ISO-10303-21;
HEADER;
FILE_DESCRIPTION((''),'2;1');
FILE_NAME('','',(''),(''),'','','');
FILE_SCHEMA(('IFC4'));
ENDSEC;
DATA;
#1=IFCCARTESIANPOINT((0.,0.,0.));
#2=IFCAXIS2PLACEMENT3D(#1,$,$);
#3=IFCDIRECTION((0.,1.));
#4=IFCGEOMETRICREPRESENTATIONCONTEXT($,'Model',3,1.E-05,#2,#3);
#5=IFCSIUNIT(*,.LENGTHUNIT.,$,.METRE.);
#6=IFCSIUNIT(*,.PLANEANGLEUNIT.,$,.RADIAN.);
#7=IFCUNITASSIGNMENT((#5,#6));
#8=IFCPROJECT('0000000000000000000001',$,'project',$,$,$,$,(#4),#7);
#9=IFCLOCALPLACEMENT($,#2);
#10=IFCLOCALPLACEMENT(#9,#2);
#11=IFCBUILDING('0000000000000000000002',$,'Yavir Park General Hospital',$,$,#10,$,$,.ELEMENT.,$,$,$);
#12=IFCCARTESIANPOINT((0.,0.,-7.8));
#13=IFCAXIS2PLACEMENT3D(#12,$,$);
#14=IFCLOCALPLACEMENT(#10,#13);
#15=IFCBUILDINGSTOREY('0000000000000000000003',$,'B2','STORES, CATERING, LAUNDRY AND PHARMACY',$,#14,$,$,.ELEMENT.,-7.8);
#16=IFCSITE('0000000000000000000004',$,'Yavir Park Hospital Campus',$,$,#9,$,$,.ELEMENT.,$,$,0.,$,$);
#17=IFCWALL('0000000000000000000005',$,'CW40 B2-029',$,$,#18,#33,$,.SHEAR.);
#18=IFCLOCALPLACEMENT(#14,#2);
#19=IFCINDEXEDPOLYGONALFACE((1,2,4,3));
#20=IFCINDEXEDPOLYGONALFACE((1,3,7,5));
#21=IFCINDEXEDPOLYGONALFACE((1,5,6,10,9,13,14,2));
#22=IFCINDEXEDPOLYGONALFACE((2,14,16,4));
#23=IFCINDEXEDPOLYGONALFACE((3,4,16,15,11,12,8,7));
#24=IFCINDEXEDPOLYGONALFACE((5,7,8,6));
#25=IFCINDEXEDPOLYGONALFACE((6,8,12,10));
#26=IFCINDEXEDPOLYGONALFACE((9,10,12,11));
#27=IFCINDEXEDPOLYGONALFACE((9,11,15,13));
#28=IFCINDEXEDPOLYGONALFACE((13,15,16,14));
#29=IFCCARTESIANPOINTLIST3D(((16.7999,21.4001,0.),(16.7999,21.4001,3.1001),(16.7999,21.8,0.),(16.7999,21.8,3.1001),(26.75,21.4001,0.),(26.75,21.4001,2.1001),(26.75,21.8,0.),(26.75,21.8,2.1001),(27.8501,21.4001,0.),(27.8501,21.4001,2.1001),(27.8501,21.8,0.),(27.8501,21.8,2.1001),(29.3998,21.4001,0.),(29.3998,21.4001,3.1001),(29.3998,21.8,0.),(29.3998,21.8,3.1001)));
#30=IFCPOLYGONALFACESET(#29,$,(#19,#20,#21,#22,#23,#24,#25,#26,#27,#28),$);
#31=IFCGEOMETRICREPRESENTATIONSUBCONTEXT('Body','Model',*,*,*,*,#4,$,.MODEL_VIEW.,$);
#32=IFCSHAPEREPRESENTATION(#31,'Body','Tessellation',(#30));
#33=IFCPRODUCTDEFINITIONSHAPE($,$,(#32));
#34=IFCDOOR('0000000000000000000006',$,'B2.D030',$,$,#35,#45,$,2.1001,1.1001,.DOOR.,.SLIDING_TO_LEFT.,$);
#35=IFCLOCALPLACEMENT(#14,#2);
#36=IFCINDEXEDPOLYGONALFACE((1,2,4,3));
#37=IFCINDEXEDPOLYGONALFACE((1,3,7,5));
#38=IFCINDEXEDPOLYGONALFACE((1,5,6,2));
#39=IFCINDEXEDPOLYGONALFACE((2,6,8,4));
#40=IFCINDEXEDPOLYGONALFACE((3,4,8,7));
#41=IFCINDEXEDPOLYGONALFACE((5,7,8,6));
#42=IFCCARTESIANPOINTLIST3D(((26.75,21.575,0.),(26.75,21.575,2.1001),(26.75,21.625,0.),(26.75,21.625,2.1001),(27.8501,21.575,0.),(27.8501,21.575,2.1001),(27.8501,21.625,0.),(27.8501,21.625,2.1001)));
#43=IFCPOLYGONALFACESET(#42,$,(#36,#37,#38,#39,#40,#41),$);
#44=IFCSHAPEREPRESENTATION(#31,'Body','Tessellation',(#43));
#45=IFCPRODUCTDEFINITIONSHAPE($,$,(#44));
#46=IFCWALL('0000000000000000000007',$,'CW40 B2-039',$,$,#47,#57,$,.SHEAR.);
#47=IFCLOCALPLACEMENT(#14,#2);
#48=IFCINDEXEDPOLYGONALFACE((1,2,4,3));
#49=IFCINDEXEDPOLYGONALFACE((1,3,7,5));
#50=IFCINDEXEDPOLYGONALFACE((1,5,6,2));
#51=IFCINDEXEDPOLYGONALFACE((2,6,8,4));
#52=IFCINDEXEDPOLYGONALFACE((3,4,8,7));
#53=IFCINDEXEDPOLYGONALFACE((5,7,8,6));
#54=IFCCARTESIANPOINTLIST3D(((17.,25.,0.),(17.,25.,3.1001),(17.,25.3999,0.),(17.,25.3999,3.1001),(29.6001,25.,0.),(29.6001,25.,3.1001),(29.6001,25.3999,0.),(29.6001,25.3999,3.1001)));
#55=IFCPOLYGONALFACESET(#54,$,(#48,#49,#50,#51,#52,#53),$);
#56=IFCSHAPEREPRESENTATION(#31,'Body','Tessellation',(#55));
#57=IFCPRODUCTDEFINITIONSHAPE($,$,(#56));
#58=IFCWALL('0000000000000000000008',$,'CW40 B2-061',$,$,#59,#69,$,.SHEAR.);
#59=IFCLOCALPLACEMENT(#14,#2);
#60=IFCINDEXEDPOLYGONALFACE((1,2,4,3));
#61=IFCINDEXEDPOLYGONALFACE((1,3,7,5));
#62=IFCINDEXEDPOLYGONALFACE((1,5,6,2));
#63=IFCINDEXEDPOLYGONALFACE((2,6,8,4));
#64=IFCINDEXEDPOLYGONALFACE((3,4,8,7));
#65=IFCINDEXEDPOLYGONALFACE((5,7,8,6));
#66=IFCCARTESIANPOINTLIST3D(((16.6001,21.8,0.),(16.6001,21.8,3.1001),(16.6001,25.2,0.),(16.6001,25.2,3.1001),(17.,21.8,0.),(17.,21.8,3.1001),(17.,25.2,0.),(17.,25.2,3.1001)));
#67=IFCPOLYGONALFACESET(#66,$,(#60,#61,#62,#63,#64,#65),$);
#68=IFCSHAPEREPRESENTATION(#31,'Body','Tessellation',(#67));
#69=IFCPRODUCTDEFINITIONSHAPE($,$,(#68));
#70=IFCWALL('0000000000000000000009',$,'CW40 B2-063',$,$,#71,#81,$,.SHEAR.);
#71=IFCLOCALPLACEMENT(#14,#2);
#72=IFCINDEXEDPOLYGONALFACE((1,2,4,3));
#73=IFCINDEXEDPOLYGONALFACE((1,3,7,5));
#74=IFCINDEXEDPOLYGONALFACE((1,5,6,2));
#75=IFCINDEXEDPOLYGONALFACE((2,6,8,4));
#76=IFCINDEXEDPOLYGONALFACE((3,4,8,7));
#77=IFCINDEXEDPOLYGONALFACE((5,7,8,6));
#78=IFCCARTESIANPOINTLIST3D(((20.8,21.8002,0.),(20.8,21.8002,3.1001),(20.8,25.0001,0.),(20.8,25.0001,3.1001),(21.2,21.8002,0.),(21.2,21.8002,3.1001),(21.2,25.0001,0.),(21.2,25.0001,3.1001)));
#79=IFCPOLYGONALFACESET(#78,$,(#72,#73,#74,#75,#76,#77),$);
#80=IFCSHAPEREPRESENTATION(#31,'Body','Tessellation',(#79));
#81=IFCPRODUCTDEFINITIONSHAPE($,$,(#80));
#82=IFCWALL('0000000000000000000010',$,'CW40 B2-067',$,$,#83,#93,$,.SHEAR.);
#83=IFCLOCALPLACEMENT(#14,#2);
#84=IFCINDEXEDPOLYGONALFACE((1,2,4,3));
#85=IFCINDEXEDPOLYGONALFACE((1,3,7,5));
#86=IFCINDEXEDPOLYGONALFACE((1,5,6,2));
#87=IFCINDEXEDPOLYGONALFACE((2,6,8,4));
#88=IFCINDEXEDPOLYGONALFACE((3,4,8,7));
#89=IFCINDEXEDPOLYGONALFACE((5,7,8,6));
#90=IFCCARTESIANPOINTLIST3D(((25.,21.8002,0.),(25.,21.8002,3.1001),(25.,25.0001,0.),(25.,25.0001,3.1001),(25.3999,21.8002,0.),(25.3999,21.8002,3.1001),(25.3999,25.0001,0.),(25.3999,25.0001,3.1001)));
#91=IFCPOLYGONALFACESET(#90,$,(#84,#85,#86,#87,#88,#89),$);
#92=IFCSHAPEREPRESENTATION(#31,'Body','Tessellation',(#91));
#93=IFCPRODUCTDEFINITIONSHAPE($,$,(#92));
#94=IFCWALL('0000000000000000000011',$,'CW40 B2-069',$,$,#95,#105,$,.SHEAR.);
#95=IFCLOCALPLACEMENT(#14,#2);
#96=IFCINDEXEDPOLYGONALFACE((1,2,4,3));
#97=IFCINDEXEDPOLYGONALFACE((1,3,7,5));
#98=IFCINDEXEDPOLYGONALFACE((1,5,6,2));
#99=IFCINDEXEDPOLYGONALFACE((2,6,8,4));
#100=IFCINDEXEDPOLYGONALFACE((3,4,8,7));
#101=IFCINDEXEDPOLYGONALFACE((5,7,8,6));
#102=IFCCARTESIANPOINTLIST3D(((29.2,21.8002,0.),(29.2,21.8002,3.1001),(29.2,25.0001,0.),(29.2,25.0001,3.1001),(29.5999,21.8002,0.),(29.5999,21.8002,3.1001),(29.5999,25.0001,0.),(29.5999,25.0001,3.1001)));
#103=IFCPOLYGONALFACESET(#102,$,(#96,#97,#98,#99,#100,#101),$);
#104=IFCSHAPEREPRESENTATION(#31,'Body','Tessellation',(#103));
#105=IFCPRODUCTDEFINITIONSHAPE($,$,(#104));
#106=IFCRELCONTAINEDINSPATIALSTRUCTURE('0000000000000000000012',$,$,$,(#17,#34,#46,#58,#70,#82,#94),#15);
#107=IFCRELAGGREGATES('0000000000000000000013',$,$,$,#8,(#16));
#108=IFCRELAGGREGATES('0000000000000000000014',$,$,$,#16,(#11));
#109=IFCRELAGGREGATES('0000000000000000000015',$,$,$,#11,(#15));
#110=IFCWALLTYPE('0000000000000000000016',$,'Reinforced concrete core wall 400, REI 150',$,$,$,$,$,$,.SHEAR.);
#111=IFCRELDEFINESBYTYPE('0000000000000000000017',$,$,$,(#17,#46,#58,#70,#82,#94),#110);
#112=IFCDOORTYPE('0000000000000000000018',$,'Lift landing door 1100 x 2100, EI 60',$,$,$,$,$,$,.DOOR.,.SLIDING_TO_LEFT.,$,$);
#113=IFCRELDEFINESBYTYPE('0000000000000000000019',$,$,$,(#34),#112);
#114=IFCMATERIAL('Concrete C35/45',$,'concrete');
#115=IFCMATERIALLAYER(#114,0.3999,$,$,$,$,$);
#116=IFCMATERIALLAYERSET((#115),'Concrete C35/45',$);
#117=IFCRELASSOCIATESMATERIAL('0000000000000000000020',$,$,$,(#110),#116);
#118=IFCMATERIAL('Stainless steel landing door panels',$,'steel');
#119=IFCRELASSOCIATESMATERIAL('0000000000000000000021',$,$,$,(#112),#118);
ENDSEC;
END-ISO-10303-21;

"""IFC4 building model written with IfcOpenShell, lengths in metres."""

from ifc_helpers import new_model, si_unit, direction, frame, frame_2d, origin, place, context, subcontext, project, spatial, rectangle, extrude, material, layer, layer_set, type_object, element, fill, save


model = new_model("IFC4")

# Units and contexts
model_context = context("Model", 3, precision=1e-05, world=origin(), true_north=direction((0.0, 1.0)))
body_context = subcontext(model_context, "Body", "Model", "MODEL_VIEW")
ifc_project = project(units=[si_unit("LENGTHUNIT", "METRE"), si_unit("PLANEANGLEUNIT", "RADIAN")], contexts=[model_context])

# Site, building, storey
site_placement = place(None, origin())
site = spatial("IfcSite", under=ifc_project, at=site_placement, Name="Yavir Park Hospital Campus", CompositionType="ELEMENT", RefElevation=0.0)
building_placement = place(site_placement, origin())
building = spatial("IfcBuilding", under=site, at=building_placement, Name="Yavir Park General Hospital", CompositionType="ELEMENT")
storey_placement = place(building_placement, frame((0.0, 0.0, -7.8)))
storey = spatial("IfcBuildingStorey", under=building, at=storey_placement, Name="B2", Description="STORES, CATERING, LAUNDRY AND PHARMACY", CompositionType="ELEMENT", Elevation=-7.8)

# Wall, opening, door
ifc_material_1 = material(Name="Concrete C35/45", Category="concrete")
ifc_layer_1 = layer(ifc_material_1, 0.3999)
ifc_layer_set_1 = layer_set([ifc_layer_1], Name="Concrete C35/45")
wall_type_1 = type_object("IfcWallType", Name="Reinforced concrete core wall 400, REI 150", PredefinedType="SHEAR", material=ifc_layer_set_1)
wall_1_placement = place(storey_placement, frame((16.8, 21.6001, 0.0), z_axis=(0.0, 0.0, 1.0), x_axis=(1.0, 0.0, 0.0)))
wall_1 = element("IfcWall", 1, at=wall_1_placement, inside=storey, type_object=wall_type_1, Name="CW40 B2-029", PredefinedType="SHEAR", context=body_context, shape_type="SweptSolid", body=[
    extrude(rectangle(XDim=12.5999, YDim=0.3999, at=frame_2d((6.2998, 0.0))), origin(), (0.0, 0.0, 1.0), 3.1001),
])
opening_1_placement = place(wall_1_placement, frame((9.95, 0.0, 0.0)))
opening_1 = element("IfcOpeningElement", 2, at=opening_1_placement, cuts=wall_1, PredefinedType="OPENING", context=body_context, shape_type="SweptSolid", body=[
    extrude(rectangle(XDim=1.1001, YDim=2.1001, at=frame_2d((0.55, 1.05))), frame((0.0, 0.21, 0.0), z_axis=(0.0, -1.0, 0.0), x_axis=(1.0, 0.0, 0.0)), (0.0, 0.0, 1.0), 0.4199),
])
ifc_material_2 = material(Name="Stainless steel landing door panels", Category="steel")
door_type_1 = type_object("IfcDoorType", Name="Lift landing door 1100 x 2100, EI 60", OperationType="SLIDING_TO_LEFT", PredefinedType="DOOR", material=ifc_material_2)
door_1_placement = place(opening_1_placement, origin())
door_1 = element("IfcDoor", 3, at=door_1_placement, inside=storey, type_object=door_type_1, Name="B2.D030", OperationType="SLIDING_TO_LEFT", OverallHeight=2.1001, OverallWidth=1.1001, PredefinedType="DOOR", context=body_context, shape_type="SweptSolid", body=[
    extrude(rectangle(XDim=1.1001, YDim=2.1001, at=frame_2d((0.55, 1.05))), frame((0.0, 0.0249, 0.0), z_axis=(0.0, -1.0, 0.0), x_axis=(1.0, 0.0, 0.0)), (0.0, 0.0, 1.0), 0.05),
])
fill(opening_1, door_1)

# Walls
wall_2_placement = place(storey_placement, frame((17.0, 25.2, 0.0), z_axis=(0.0, 0.0, 1.0), x_axis=(1.0, 0.0, 0.0)))
element("IfcWall", 4, at=wall_2_placement, inside=storey, type_object=wall_type_1, Name="CW40 B2-039", PredefinedType="SHEAR", context=body_context, shape_type="SweptSolid", body=[
    extrude(rectangle(XDim=12.6001, YDim=0.3999, at=frame_2d((6.3, 0.0))), origin(), (0.0, 0.0, 1.0), 3.1001),
])
wall_3_placement = place(storey_placement, frame((16.8, 21.8, 0.0), z_axis=(0.0, 0.0, 1.0), x_axis=(0.0, 1.0, 0.0)))
element("IfcWall", 5, at=wall_3_placement, inside=storey, type_object=wall_type_1, Name="CW40 B2-061", PredefinedType="SHEAR", context=body_context, shape_type="SweptSolid", body=[
    extrude(rectangle(XDim=3.3999, YDim=0.3999, at=frame_2d((1.7, 0.0))), origin(), (0.0, 0.0, 1.0), 3.1001),
])
for number, where, z_axis, x_axis, name in (
    (6, (21.0, 21.8, 0.0), (0.0, 0.0, 1.0), (0.0, 1.0, 0.0), "CW40 B2-063"),
    (7, (25.2, 21.8, 0.0), (0.0, 0.0, 1.0), (0.0, 1.0, 0.0), "CW40 B2-067"),
    (8, (29.3999, 21.8, 0.0), (0.0, 0.0, 1.0), (0.0, 1.0, 0.0), "CW40 B2-069"),
):
    element("IfcWall", number, at=place(storey_placement, frame(where, z_axis=z_axis, x_axis=x_axis)), inside=storey, type_object=wall_type_1, Name=name, PredefinedType="SHEAR", context=body_context, shape_type="SweptSolid", body=[
        extrude(rectangle(XDim=3.2, YDim=0.3999, at=frame_2d((1.6001, 0.0))), origin(), (0.0, 0.0, 1.0), 3.1001),
    ])

save(model, "model.ifc")
